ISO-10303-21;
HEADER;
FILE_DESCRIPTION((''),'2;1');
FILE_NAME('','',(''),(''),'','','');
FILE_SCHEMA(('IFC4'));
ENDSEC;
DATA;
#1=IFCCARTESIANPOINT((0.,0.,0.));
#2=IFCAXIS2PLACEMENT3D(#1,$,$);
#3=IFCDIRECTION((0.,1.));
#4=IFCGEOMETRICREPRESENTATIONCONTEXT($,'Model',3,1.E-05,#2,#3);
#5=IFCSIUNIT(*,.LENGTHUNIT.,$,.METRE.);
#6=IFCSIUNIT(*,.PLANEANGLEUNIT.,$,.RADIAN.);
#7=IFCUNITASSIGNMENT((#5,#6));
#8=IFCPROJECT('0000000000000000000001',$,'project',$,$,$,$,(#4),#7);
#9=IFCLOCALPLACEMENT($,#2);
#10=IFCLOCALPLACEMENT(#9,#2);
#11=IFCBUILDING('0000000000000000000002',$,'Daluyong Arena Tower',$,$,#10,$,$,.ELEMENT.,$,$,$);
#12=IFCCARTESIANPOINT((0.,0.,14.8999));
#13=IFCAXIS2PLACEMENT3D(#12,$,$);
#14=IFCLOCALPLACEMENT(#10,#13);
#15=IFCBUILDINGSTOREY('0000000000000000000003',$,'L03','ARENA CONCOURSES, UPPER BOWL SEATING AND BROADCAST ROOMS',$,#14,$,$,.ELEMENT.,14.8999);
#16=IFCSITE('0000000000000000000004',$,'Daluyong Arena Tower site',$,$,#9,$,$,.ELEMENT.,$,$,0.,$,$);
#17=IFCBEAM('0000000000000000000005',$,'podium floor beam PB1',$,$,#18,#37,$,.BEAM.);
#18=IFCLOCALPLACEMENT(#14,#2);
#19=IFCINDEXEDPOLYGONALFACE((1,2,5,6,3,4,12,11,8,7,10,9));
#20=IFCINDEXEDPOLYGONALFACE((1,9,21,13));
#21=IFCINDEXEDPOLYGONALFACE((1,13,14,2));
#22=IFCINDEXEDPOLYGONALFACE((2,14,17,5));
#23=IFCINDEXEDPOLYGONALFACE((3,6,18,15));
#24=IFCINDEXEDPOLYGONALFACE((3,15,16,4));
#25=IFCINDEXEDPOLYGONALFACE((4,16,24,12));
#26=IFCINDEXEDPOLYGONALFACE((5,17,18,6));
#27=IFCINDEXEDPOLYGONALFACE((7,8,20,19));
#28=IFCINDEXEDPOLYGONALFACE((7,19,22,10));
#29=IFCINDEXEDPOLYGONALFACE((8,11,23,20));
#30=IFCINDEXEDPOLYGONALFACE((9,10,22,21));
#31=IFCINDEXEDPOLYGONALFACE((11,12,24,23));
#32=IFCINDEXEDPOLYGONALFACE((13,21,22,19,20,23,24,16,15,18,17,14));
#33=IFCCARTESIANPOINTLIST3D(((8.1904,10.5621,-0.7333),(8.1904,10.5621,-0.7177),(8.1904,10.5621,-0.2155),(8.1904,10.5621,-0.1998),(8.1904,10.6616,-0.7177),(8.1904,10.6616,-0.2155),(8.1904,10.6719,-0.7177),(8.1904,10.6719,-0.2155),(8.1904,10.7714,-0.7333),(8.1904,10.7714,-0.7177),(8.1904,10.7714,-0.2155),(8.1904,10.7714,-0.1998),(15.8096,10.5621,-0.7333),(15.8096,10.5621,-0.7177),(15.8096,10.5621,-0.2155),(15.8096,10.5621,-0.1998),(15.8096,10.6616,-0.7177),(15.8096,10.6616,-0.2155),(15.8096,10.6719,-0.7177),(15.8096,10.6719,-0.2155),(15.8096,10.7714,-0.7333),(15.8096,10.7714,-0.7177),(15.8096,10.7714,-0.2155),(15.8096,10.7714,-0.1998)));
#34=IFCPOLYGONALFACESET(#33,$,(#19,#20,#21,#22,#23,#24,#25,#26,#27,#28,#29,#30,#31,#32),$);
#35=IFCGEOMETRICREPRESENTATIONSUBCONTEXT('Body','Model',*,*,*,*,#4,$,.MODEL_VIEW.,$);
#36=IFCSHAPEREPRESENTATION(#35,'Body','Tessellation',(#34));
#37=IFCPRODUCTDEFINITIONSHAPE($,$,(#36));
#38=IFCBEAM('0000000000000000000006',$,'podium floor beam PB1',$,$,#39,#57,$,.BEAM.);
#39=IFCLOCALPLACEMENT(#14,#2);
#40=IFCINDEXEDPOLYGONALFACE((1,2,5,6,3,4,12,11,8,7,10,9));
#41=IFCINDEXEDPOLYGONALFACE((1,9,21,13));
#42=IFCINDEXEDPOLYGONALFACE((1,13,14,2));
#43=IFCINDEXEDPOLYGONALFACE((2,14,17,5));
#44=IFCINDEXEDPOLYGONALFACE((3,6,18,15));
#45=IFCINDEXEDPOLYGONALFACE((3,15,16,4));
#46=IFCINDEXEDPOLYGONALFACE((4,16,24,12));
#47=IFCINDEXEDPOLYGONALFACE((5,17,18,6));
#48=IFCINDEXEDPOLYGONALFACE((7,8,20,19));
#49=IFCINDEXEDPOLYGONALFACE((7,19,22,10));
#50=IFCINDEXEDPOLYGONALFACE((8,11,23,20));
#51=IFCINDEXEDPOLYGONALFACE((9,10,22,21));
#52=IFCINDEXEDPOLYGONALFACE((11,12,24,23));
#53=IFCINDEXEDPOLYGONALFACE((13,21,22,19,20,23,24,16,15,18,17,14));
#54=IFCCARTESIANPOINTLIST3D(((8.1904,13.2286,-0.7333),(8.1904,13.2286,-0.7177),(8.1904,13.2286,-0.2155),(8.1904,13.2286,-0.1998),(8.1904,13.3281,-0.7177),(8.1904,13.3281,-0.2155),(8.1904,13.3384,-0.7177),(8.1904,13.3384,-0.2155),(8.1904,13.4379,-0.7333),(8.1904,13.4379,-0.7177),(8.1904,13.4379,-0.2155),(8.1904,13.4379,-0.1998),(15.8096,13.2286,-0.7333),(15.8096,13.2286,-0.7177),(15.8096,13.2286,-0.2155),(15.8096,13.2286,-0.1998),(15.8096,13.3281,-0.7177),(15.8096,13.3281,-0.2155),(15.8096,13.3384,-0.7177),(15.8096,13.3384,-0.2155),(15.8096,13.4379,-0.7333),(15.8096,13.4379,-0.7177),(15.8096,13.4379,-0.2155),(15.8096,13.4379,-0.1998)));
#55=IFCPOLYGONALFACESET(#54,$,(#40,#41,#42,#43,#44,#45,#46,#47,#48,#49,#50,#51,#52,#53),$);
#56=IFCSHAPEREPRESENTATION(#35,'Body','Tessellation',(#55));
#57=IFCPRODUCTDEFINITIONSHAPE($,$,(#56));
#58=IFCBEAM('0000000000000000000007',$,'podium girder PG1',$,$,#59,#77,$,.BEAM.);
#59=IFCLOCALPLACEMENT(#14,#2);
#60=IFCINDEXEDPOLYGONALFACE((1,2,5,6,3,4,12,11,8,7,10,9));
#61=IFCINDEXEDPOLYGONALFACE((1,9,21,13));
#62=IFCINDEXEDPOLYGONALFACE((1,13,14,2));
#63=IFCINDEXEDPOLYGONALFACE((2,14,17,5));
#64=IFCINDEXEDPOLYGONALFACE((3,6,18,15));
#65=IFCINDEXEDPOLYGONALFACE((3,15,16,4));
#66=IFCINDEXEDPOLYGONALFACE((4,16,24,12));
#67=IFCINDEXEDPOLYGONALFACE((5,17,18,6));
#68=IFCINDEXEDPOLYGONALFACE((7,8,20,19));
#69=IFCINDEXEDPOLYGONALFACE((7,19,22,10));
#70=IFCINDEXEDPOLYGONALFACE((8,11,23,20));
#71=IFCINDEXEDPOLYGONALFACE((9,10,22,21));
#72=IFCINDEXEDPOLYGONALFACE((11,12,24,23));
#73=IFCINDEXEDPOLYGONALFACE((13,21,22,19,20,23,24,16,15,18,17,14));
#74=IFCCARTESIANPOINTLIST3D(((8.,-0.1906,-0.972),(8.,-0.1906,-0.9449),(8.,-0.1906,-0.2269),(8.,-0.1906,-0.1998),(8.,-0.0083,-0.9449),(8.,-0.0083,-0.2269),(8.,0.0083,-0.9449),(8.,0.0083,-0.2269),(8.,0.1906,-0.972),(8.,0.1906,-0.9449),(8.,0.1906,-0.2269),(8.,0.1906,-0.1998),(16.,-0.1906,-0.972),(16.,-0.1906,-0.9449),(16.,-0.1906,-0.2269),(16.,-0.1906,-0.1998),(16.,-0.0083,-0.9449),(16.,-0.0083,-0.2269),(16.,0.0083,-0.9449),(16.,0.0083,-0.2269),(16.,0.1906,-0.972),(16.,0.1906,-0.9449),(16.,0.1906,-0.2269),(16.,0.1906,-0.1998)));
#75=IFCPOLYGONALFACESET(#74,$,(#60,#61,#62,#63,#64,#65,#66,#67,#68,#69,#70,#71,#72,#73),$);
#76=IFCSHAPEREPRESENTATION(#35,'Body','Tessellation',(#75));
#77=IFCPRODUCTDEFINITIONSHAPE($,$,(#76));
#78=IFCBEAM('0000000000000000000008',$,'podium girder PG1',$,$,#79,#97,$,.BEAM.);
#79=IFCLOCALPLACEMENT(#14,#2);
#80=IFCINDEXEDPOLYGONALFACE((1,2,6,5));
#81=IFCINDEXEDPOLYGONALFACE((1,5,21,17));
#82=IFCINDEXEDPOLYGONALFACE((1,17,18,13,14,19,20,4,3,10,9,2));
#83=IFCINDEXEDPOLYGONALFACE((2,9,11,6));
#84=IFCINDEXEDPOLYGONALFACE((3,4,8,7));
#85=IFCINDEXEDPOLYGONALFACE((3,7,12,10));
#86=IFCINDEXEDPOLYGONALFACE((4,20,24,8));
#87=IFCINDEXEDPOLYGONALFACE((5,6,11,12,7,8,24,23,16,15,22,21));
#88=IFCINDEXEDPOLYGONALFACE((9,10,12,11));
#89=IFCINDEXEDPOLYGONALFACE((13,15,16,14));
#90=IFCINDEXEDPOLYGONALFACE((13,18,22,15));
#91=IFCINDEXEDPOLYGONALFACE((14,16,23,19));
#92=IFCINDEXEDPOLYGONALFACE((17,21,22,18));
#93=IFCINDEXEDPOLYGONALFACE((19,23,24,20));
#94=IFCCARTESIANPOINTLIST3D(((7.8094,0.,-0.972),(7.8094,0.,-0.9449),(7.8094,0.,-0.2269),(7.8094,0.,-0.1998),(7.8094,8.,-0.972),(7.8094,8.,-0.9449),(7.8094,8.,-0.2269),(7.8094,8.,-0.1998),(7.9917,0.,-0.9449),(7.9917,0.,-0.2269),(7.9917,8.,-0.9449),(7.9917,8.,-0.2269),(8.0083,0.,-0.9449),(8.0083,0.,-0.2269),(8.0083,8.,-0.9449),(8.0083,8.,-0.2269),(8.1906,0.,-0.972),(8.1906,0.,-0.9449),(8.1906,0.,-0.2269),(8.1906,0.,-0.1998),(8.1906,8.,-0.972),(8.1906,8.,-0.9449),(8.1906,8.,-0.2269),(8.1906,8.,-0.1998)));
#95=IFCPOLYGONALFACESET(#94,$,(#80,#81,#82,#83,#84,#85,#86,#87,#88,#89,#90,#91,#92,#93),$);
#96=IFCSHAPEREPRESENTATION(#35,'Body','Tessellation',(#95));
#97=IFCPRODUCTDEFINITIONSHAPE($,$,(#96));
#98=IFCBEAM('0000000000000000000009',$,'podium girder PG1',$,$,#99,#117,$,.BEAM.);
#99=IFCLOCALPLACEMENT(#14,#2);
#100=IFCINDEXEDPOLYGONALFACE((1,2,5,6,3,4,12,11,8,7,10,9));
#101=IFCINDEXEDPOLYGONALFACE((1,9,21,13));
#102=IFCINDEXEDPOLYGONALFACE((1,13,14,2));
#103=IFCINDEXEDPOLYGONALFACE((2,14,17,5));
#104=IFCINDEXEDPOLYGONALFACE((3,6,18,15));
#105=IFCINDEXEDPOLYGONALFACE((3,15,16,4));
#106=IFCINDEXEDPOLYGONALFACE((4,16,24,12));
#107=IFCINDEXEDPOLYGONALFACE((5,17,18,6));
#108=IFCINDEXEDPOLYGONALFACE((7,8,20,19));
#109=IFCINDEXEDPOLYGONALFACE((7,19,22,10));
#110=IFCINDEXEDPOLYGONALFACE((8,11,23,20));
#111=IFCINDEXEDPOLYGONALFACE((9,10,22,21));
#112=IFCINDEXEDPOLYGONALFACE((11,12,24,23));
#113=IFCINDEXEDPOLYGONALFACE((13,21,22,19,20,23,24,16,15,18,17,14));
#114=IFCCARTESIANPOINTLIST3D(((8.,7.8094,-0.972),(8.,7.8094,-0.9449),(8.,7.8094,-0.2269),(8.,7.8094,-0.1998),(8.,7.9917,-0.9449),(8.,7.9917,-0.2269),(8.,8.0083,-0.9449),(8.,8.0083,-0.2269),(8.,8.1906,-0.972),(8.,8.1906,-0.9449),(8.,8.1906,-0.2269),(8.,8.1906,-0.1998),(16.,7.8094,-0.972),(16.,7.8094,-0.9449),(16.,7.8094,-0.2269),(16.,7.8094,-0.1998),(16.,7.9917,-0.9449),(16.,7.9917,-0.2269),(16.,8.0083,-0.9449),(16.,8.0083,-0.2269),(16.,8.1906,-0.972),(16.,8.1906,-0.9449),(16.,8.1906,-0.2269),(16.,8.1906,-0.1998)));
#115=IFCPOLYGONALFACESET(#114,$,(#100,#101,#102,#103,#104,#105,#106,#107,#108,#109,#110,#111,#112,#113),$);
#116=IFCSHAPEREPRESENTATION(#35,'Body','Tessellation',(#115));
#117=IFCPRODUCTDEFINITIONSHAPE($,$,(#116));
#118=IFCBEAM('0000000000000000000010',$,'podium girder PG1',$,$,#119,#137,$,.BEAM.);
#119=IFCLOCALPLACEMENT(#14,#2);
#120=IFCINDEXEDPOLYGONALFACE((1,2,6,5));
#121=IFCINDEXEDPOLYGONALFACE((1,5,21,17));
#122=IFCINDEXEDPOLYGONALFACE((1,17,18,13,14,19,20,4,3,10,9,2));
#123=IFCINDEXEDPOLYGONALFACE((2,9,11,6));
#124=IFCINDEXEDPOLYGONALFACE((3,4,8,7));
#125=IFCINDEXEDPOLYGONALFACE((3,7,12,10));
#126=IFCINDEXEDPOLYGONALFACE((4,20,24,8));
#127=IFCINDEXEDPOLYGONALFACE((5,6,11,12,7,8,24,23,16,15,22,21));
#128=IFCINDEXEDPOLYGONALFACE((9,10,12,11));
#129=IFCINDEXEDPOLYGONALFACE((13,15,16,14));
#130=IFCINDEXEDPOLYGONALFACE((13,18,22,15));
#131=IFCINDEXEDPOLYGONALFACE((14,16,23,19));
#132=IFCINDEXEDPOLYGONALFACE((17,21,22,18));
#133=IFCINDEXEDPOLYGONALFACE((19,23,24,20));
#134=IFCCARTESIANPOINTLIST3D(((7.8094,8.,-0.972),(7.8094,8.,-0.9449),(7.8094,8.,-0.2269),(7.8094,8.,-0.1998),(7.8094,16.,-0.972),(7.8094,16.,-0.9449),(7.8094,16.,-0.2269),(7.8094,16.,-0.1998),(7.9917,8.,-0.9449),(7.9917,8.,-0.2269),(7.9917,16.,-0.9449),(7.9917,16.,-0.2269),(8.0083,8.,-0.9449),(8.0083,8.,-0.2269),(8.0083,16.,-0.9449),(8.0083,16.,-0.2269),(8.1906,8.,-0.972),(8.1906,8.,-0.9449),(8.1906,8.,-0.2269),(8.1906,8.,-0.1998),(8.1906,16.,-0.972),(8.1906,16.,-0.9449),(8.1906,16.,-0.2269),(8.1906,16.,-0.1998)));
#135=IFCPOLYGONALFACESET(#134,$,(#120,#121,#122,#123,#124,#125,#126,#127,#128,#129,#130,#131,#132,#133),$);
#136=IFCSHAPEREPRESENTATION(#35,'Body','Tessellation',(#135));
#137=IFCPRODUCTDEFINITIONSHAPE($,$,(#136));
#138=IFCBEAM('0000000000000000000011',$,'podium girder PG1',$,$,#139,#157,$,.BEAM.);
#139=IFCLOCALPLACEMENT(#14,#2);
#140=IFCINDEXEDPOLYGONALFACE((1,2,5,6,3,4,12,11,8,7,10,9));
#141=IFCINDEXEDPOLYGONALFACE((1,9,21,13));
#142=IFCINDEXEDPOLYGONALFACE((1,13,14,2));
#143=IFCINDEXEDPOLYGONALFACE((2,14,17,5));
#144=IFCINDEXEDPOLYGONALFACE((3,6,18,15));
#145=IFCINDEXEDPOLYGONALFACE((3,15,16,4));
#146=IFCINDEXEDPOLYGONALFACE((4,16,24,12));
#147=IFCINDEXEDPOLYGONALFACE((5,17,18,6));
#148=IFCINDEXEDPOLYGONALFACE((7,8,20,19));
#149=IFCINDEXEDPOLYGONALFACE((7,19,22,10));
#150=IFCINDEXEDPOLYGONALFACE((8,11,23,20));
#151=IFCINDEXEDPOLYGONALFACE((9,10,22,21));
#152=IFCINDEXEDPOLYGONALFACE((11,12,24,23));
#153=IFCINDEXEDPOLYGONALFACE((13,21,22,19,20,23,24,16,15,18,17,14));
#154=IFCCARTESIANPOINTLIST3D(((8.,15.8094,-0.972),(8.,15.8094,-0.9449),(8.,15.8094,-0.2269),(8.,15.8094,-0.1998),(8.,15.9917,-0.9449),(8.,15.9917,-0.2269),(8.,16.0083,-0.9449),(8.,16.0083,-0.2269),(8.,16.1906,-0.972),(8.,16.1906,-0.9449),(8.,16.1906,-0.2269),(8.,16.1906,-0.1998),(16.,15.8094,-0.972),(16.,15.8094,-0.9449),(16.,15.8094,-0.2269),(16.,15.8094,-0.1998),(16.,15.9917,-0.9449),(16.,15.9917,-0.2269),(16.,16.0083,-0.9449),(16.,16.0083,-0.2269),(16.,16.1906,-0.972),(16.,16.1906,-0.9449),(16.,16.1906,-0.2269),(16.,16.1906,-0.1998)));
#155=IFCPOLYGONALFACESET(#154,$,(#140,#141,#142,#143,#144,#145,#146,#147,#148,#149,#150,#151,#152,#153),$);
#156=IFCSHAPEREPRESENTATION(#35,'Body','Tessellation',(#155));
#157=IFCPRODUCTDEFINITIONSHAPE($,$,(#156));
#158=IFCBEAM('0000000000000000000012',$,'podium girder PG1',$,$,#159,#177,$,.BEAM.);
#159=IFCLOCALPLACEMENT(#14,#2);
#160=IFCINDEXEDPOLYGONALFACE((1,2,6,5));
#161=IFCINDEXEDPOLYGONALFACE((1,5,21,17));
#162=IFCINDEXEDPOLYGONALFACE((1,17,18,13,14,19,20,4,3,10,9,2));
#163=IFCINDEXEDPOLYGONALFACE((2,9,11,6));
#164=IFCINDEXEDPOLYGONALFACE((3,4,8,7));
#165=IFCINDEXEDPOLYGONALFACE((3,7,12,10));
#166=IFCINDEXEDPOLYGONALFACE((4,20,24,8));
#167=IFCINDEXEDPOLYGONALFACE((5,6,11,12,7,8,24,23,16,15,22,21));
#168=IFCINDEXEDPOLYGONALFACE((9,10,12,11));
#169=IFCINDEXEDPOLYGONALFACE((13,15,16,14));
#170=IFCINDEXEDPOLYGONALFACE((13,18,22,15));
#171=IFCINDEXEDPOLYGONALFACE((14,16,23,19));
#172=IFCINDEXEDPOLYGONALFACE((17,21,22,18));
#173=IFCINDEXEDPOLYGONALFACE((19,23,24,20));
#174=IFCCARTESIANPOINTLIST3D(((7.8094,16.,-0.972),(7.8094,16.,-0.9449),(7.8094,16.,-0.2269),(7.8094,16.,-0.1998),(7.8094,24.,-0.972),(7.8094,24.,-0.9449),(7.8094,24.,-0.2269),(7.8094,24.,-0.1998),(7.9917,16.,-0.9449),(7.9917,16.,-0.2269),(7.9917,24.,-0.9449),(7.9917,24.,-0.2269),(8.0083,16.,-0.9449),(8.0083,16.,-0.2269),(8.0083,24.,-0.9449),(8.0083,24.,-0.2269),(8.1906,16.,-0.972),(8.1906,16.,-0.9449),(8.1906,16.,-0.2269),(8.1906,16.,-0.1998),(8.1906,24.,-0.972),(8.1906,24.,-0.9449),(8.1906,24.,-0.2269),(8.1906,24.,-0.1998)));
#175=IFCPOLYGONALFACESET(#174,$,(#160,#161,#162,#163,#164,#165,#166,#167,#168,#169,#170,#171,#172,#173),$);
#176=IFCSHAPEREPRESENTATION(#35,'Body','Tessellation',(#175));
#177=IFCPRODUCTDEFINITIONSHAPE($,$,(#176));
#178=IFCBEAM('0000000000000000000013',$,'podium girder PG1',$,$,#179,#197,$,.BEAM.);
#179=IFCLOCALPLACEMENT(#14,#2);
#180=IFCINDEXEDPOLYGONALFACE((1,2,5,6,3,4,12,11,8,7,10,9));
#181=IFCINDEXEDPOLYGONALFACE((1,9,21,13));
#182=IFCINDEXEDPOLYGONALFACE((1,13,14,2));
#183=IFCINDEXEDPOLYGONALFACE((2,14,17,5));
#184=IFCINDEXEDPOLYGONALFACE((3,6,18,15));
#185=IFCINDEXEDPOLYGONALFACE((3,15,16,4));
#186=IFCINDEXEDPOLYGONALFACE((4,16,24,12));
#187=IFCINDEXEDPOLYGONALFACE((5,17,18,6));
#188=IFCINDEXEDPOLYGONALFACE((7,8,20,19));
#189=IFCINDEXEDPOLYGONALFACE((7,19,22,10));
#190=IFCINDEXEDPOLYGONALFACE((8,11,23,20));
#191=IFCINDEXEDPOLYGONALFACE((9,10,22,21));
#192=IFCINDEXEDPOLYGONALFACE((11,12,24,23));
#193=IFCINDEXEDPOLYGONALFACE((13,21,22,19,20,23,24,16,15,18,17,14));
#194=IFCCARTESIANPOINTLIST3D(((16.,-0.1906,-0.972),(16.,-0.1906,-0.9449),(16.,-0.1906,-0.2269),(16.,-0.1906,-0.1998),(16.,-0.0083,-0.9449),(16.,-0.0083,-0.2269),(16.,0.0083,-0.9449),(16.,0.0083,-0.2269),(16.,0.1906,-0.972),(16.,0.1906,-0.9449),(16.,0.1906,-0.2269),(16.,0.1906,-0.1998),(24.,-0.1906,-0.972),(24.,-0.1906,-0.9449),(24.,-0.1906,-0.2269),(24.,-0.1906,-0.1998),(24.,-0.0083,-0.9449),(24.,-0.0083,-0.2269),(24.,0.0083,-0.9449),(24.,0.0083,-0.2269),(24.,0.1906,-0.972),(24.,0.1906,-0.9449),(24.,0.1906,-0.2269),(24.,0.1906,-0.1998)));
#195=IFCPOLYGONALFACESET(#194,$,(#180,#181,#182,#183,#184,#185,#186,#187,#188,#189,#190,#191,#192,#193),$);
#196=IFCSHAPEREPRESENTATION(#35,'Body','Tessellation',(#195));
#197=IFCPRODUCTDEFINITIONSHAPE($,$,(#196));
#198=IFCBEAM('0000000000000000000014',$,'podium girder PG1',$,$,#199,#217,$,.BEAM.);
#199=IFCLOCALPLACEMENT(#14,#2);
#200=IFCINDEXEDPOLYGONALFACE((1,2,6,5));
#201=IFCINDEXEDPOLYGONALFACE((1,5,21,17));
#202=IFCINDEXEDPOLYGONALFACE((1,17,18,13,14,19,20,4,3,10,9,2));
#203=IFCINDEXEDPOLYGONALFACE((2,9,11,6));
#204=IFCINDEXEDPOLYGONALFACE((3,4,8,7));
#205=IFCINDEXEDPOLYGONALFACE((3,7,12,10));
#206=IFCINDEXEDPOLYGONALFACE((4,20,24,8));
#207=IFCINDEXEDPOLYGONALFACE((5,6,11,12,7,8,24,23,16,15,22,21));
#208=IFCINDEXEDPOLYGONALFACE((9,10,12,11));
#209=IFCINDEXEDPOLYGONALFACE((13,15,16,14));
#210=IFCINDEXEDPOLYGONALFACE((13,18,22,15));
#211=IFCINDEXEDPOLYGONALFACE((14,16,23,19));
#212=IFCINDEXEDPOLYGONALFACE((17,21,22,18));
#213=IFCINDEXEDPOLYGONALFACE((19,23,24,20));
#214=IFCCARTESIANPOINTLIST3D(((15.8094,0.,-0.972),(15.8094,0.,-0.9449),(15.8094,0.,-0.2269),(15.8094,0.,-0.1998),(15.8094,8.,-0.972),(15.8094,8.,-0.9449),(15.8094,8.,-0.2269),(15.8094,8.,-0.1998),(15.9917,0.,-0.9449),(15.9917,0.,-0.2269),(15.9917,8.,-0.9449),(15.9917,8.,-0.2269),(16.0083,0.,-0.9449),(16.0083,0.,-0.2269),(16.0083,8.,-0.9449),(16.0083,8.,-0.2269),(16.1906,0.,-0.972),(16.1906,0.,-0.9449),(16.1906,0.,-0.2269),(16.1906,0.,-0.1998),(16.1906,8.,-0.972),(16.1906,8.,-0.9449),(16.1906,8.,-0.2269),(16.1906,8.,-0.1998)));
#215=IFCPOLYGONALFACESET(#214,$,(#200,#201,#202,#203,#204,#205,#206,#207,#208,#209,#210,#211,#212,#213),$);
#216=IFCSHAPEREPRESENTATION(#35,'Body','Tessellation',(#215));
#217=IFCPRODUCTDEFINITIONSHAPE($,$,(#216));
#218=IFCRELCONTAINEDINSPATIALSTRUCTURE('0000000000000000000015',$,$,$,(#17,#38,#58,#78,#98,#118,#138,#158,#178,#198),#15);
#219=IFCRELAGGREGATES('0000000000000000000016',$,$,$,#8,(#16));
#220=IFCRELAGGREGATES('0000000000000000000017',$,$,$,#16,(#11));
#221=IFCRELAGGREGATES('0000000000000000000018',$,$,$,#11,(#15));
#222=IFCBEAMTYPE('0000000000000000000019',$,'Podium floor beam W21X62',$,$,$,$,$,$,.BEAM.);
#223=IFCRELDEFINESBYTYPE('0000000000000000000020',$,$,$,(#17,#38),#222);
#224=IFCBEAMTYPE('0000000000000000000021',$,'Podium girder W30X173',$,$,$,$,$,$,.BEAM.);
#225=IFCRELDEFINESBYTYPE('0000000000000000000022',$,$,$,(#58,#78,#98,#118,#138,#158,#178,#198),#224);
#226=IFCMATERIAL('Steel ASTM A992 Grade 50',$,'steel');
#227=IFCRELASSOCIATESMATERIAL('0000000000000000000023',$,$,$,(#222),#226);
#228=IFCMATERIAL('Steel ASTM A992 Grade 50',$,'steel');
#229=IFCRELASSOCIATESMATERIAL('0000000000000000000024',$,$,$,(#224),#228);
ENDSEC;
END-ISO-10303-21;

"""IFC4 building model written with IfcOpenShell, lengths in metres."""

from ifc_helpers import new_model, si_unit, direction, frame, origin, origin_2d, place, context, subcontext, project, spatial, i_section, extrude, material, material_profile, profile_set, type_object, element, save


model = new_model("IFC4")

# Units and contexts
model_context = context("Model", 3, precision=1e-05, world=origin(), true_north=direction((0.0, 1.0)))
body_context = subcontext(model_context, "Body", "Model", "MODEL_VIEW")
ifc_project = project(units=[si_unit("LENGTHUNIT", "METRE"), si_unit("PLANEANGLEUNIT", "RADIAN")], contexts=[model_context])

# Site, building, storey
site_placement = place(None, origin())
site = spatial("IfcSite", under=ifc_project, at=site_placement, Name="Daluyong Arena Tower site", CompositionType="ELEMENT", RefElevation=0.0)
building_placement = place(site_placement, origin())
building = spatial("IfcBuilding", under=site, at=building_placement, Name="Daluyong Arena Tower", CompositionType="ELEMENT")
storey_placement = place(building_placement, frame((0.0, 0.0, 14.8999)))
storey = spatial("IfcBuildingStorey", under=building, at=storey_placement, Name="L03", Description="ARENA CONCOURSES, UPPER BOWL SEATING AND BROADCAST ROOMS", CompositionType="ELEMENT", Elevation=14.8999)

# Beams
ifc_material_1 = material(Name="Steel ASTM A992 Grade 50", Category="steel")
ifc_material_profile_1 = material_profile(ifc_material_1, i_section(OverallWidth=0.2092, OverallDepth=0.5334, WebThickness=0.0103, FlangeThickness=0.0156, at=origin_2d()))
ifc_profile_set_1 = profile_set([ifc_material_profile_1], Name="Steel ASTM A992 Grade 50")
beam_type_1 = type_object("IfcBeamType", Name="Podium floor beam W21X62", PredefinedType="BEAM", material=ifc_profile_set_1)
for number, where, z_axis, x_axis, name in (
    (1, (8.1904, 10.6667, -0.4666), (1.0, 0.0, 0.0), (0.0, 1.0, 0.0), "podium floor beam PB1"),
    (2, (8.1904, 13.3333, -0.4666), (1.0, 0.0, 0.0), (0.0, 1.0, 0.0), "podium floor beam PB1"),
):
    element("IfcBeam", number, at=place(storey_placement, frame(where, z_axis=z_axis, x_axis=x_axis)), inside=storey, type_object=beam_type_1, Name=name, PredefinedType="BEAM", context=body_context, shape_type="SweptSolid", body=[
        extrude(i_section(OverallWidth=0.2092, OverallDepth=0.5334, WebThickness=0.0103, FlangeThickness=0.0156, at=origin_2d()), origin(), (0.0, 0.0, 1.0), 7.6191),
    ])
ifc_material_2 = material(Name="Steel ASTM A992 Grade 50", Category="steel")
ifc_material_profile_2 = material_profile(ifc_material_2, i_section(OverallWidth=0.3811, OverallDepth=0.7722, WebThickness=0.0166, FlangeThickness=0.0271, at=origin_2d()))
ifc_profile_set_2 = profile_set([ifc_material_profile_2], Name="Steel ASTM A992 Grade 50")
beam_type_2 = type_object("IfcBeamType", Name="Podium girder W30X173", PredefinedType="BEAM", material=ifc_profile_set_2)
for number, where, z_axis, x_axis, name in (
    (3, (8.0, 0.0, -0.5859), (1.0, 0.0, 0.0), (0.0, 1.0, 0.0), "podium girder PG1"),
    (4, (8.0, 0.0, -0.5859), (0.0, 1.0, 0.0), (-1.0, 0.0, 0.0), "podium girder PG1"),
    (5, (8.0, 8.0, -0.5859), (1.0, 0.0, 0.0), (0.0, 1.0, 0.0), "podium girder PG1"),
    (6, (8.0, 8.0, -0.5859), (0.0, 1.0, 0.0), (-1.0, 0.0, 0.0), "podium girder PG1"),
    (7, (8.0, 16.0, -0.5859), (1.0, 0.0, 0.0), (0.0, 1.0, 0.0), "podium girder PG1"),
    (8, (8.0, 16.0, -0.5859), (0.0, 1.0, 0.0), (-1.0, 0.0, 0.0), "podium girder PG1"),
    (9, (16.0, 0.0, -0.5859), (1.0, 0.0, 0.0), (0.0, 1.0, 0.0), "podium girder PG1"),
    (10, (16.0, 0.0, -0.5859), (0.0, 1.0, 0.0), (-1.0, 0.0, 0.0), "podium girder PG1"),
):
    element("IfcBeam", number, at=place(storey_placement, frame(where, z_axis=z_axis, x_axis=x_axis)), inside=storey, type_object=beam_type_2, Name=name, PredefinedType="BEAM", context=body_context, shape_type="SweptSolid", body=[
        extrude(i_section(OverallWidth=0.3811, OverallDepth=0.7722, WebThickness=0.0166, FlangeThickness=0.0271, at=origin_2d()), origin(), (0.0, 0.0, 1.0), 8.0),
    ])

save(model, "model.ifc")
